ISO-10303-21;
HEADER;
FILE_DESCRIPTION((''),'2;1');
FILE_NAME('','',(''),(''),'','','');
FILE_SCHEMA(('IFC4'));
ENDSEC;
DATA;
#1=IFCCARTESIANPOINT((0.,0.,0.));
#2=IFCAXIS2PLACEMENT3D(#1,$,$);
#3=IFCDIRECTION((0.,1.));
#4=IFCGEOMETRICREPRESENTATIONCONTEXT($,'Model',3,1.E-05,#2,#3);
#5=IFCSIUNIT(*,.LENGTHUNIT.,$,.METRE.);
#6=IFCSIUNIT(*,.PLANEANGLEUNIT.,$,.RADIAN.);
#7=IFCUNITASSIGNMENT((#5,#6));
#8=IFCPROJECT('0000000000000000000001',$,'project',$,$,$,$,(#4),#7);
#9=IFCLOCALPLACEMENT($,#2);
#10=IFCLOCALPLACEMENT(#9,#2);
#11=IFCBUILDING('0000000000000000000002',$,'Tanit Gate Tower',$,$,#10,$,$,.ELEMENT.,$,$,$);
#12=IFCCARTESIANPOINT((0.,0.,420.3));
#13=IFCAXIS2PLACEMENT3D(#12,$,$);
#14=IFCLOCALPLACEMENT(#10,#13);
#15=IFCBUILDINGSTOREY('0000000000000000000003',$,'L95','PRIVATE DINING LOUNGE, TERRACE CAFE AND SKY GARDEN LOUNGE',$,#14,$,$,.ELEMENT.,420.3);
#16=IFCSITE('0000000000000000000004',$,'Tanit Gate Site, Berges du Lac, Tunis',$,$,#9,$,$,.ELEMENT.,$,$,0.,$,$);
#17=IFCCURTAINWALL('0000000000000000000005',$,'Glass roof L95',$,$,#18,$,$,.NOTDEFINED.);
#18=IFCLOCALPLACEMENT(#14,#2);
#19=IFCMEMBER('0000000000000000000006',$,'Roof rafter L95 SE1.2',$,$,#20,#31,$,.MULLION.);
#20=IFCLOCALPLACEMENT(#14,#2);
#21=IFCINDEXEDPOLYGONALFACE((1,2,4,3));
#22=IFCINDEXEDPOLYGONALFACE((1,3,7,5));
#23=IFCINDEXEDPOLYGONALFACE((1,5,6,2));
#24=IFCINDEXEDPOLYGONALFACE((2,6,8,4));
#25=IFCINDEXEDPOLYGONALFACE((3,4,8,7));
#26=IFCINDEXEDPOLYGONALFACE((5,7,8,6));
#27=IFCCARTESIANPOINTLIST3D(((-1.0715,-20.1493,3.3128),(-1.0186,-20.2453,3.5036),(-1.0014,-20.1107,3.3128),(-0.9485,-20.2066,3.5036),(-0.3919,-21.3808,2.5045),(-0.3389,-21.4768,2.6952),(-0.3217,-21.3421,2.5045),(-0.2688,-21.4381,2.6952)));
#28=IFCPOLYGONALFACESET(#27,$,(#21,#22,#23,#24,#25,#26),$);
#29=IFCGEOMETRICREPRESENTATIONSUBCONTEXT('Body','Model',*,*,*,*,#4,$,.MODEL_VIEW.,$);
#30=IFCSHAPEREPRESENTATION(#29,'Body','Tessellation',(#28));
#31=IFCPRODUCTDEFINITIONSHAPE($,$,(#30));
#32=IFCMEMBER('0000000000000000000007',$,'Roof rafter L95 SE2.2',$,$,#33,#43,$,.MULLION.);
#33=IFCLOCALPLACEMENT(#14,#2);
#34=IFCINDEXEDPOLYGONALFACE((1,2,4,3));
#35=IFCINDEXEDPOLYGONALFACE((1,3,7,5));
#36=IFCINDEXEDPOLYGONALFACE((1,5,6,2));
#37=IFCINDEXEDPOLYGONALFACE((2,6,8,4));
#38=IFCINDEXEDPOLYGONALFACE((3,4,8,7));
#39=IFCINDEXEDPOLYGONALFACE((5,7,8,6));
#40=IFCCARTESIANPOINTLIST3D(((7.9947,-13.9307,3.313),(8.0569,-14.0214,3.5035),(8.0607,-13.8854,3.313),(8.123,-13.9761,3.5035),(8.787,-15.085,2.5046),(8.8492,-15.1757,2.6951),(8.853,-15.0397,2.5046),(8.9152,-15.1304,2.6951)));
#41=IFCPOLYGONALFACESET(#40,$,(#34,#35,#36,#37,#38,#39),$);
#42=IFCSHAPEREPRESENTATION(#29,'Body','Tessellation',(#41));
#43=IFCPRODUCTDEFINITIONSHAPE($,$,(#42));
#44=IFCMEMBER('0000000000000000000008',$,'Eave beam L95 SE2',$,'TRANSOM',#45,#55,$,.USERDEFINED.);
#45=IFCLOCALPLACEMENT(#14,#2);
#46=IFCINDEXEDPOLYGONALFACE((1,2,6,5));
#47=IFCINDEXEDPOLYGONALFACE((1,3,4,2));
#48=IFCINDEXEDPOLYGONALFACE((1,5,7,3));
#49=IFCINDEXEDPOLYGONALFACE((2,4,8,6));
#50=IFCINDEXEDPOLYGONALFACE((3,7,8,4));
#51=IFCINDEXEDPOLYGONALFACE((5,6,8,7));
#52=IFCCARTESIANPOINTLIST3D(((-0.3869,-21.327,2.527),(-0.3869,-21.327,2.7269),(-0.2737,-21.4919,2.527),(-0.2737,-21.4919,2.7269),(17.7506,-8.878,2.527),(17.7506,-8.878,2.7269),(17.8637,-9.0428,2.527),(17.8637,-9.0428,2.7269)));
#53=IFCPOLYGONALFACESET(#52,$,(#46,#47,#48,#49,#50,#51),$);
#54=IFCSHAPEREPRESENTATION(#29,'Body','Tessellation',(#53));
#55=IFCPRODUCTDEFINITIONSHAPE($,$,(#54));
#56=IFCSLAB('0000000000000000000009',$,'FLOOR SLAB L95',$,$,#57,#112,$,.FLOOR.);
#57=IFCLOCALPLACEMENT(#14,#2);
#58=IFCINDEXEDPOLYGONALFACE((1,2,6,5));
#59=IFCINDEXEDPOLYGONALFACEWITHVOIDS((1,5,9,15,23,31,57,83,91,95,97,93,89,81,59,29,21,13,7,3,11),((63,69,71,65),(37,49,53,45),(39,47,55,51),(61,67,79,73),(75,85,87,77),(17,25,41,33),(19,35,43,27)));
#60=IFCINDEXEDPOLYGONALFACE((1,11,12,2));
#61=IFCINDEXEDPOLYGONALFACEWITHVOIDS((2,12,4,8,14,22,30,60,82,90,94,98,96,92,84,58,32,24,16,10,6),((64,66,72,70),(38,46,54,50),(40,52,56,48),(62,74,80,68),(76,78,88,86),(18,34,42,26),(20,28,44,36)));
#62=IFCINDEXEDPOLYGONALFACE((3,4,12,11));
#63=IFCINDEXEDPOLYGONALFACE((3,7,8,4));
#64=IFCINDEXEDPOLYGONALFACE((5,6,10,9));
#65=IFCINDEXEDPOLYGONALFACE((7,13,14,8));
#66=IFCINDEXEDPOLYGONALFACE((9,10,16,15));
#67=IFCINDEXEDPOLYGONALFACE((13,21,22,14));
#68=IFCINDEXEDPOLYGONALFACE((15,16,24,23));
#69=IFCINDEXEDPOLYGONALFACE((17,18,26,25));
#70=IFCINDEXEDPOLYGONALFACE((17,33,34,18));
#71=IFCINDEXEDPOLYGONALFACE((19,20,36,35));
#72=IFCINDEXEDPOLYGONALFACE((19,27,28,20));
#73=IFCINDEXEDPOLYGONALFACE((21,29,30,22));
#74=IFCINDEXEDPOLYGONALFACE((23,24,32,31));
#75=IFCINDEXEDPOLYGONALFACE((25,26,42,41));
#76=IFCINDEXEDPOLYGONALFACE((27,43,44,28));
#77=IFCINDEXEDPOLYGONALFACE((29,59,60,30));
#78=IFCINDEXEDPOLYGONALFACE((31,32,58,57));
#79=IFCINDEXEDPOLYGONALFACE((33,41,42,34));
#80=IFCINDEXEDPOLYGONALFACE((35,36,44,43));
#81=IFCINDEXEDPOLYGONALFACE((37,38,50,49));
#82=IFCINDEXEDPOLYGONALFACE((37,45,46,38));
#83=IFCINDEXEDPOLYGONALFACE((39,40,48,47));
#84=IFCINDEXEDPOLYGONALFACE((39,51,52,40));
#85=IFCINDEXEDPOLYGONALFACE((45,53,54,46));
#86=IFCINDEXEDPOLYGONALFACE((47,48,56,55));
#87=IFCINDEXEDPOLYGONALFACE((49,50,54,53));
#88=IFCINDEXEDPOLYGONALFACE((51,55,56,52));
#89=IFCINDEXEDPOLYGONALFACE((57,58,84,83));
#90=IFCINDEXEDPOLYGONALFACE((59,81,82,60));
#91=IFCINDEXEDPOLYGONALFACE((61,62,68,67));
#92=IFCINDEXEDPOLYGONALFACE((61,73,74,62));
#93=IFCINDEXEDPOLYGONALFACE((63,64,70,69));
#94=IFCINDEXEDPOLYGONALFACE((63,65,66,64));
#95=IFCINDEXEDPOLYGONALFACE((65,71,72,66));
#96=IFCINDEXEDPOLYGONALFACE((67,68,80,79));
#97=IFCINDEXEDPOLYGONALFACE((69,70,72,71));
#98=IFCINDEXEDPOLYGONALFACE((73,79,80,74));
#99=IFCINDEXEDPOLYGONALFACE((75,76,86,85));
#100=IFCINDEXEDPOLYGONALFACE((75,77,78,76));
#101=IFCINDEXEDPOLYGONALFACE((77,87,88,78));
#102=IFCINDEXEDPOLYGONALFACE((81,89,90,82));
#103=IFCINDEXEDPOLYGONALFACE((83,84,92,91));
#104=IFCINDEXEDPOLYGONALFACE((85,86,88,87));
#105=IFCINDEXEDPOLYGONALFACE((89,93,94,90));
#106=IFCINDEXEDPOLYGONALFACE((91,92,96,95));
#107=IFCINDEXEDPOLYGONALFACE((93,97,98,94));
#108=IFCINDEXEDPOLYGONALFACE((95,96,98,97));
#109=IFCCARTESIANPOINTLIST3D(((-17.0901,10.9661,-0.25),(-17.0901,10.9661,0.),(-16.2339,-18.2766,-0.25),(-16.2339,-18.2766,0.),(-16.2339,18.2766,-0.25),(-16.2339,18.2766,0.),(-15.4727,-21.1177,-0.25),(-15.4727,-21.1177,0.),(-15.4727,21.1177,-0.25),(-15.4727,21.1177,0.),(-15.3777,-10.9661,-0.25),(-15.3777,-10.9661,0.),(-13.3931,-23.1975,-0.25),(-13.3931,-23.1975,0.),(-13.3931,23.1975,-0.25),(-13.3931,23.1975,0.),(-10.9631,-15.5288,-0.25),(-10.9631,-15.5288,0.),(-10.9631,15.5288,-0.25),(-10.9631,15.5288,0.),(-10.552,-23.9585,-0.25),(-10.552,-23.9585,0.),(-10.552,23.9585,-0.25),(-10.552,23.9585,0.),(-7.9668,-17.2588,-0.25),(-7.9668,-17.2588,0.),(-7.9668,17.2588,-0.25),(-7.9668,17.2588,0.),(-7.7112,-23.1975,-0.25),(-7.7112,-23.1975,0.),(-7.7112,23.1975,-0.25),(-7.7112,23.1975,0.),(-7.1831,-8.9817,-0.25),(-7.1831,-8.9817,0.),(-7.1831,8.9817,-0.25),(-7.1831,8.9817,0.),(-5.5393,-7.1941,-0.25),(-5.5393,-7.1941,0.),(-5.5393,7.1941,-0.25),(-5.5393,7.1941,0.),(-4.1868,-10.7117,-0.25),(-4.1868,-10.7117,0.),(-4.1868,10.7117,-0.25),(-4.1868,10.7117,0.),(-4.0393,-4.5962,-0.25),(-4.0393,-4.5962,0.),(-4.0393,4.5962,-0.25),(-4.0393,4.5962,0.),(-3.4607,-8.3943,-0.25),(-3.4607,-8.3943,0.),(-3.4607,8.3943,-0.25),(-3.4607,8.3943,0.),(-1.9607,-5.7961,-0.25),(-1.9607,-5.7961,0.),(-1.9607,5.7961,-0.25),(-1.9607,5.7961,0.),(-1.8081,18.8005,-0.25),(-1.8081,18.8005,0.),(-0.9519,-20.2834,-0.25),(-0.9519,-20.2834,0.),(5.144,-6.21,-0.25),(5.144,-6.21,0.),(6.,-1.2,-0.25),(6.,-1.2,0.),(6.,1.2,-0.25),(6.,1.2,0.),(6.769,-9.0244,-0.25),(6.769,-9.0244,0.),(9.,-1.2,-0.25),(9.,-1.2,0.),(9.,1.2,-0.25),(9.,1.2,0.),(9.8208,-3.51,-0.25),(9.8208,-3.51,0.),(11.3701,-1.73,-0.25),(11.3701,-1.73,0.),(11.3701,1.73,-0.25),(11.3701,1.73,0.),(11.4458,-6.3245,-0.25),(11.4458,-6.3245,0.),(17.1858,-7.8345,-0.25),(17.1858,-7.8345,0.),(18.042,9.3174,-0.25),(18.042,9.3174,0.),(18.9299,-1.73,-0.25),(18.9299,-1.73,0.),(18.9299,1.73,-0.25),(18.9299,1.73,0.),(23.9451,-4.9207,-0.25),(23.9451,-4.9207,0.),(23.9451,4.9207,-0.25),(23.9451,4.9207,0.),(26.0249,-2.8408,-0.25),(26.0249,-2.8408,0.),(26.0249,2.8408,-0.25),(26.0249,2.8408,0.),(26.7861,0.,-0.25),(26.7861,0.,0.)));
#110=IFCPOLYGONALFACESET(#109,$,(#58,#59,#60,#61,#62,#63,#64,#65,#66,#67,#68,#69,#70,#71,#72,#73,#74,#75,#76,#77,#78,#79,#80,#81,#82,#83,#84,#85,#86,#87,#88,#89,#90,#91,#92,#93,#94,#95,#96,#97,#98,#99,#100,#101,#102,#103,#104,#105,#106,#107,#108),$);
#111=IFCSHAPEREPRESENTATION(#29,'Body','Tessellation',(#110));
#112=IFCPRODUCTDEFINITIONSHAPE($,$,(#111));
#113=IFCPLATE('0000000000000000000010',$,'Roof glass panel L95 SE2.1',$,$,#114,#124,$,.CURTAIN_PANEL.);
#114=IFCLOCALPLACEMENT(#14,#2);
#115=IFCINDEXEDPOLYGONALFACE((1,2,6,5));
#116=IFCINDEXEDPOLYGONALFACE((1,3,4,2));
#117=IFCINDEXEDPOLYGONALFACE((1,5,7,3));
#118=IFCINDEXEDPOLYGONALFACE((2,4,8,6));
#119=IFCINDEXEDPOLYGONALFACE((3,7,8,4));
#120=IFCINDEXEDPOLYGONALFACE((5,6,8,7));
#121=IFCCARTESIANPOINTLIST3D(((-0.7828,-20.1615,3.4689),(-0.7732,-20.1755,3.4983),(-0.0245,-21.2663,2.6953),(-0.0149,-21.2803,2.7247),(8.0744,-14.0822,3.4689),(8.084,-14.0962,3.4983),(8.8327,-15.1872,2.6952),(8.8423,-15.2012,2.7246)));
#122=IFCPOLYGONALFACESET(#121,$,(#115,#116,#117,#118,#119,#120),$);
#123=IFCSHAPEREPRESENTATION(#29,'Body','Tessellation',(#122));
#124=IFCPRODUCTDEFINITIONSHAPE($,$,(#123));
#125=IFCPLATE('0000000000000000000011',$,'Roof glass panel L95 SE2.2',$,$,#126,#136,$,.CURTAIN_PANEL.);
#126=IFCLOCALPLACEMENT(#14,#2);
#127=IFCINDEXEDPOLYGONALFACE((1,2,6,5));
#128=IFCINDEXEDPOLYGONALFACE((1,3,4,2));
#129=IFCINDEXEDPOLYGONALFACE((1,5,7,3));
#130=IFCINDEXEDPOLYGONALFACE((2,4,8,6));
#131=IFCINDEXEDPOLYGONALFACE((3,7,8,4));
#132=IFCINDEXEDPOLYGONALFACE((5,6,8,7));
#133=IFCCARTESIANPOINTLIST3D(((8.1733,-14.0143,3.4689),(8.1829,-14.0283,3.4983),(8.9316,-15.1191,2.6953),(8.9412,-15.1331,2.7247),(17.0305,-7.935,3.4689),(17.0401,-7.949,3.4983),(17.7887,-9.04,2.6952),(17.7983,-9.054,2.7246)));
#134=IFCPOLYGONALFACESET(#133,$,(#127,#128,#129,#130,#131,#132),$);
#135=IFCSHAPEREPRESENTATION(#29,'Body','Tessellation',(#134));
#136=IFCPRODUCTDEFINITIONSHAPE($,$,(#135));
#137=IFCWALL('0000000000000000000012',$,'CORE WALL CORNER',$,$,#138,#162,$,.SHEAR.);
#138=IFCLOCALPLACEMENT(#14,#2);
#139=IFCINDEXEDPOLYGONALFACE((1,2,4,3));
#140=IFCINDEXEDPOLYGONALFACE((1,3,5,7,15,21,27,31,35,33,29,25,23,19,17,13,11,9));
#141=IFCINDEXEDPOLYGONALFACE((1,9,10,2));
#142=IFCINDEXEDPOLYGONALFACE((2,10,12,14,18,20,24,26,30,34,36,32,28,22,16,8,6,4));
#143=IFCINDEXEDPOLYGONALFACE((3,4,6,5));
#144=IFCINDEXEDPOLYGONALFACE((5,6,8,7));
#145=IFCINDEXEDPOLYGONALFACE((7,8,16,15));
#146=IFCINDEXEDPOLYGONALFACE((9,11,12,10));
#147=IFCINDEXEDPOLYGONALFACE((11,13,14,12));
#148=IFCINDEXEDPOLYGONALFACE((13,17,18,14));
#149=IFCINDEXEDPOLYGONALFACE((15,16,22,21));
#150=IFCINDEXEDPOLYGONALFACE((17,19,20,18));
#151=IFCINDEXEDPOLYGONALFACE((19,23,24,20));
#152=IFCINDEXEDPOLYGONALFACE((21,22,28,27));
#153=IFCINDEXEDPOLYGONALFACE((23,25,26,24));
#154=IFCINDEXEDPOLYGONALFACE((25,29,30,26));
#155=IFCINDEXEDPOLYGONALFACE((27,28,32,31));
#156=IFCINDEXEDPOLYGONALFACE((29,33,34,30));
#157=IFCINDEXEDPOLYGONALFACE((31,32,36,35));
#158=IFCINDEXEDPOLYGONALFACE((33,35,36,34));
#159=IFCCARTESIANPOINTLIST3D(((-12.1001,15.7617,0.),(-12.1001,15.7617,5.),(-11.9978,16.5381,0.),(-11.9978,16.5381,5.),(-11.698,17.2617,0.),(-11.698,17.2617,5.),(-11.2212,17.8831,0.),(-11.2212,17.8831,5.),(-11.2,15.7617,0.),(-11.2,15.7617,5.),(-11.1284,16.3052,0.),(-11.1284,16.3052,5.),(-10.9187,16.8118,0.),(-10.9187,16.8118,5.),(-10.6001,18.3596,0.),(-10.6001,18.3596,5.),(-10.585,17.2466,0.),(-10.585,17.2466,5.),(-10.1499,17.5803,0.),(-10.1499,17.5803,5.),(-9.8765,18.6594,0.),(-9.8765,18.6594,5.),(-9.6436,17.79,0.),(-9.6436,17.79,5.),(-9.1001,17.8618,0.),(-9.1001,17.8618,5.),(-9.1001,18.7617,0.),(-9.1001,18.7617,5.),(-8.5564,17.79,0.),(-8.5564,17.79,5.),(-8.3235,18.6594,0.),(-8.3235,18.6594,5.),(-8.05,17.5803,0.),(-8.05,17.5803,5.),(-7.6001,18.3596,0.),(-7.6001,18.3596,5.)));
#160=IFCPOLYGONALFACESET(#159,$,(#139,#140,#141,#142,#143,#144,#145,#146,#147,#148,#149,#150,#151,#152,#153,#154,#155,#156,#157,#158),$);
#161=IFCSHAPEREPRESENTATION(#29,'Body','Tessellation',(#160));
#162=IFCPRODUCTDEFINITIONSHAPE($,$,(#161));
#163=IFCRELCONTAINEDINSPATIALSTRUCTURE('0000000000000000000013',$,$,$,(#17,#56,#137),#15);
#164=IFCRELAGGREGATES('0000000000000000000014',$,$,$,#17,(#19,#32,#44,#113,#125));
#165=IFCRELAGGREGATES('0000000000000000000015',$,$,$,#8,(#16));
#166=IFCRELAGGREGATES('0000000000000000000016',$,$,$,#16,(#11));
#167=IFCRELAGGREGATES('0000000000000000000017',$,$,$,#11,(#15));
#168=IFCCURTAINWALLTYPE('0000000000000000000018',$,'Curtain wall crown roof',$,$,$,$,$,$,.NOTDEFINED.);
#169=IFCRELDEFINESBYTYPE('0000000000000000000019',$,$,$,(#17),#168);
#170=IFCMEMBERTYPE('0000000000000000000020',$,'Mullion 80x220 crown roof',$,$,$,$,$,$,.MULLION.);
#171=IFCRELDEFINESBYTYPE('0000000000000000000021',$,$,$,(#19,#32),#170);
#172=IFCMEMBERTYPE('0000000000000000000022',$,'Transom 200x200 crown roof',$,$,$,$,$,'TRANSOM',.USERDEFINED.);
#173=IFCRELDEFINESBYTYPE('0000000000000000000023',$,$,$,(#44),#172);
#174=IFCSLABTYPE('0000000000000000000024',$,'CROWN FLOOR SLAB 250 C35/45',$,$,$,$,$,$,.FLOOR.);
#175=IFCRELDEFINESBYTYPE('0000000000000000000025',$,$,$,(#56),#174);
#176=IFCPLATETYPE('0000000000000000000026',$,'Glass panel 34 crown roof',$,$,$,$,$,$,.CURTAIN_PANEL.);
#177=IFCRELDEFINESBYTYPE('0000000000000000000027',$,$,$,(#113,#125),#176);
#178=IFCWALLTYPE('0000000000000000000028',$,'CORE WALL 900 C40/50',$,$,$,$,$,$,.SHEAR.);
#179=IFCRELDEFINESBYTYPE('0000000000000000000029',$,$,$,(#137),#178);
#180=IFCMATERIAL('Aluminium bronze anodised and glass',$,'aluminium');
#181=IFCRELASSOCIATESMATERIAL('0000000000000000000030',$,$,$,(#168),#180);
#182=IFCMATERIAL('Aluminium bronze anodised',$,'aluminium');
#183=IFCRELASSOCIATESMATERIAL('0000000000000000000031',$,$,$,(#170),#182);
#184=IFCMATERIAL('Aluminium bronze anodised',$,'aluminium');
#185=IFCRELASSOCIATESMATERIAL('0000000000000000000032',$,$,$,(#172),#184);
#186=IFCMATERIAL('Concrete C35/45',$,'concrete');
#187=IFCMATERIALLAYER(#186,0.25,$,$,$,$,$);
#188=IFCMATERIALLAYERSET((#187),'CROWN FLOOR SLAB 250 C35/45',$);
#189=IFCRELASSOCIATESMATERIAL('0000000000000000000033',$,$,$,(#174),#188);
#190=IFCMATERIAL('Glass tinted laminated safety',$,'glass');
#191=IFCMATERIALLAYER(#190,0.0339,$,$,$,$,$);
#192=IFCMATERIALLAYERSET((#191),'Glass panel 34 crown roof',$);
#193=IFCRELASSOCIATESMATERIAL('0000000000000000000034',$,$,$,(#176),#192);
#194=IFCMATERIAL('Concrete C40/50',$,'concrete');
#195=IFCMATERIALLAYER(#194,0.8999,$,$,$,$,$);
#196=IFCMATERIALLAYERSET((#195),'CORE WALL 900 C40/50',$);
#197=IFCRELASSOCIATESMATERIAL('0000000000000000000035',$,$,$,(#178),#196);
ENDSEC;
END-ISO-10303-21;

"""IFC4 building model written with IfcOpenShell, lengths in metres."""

from ifc_helpers import new_model, si_unit, direction, frame, origin, origin_2d, place, context, subcontext, project, spatial, polyline, rectangle, outline, extrude, material, layer, layer_set, material_profile, profile_set, type_object, element, aggregate, save


model = new_model("IFC4")

# Units and contexts
model_context = context("Model", 3, precision=1e-05, world=origin(), true_north=direction((0.0, 1.0)))
body_context = subcontext(model_context, "Body", "Model", "MODEL_VIEW")
ifc_project = project(units=[si_unit("LENGTHUNIT", "METRE"), si_unit("PLANEANGLEUNIT", "RADIAN")], contexts=[model_context])

# Site, building, storey
site_placement = place(None, origin())
site = spatial("IfcSite", under=ifc_project, at=site_placement, Name="Tanit Gate Site, Berges du Lac, Tunis", CompositionType="ELEMENT", RefElevation=0.0)
building_placement = place(site_placement, origin())
building = spatial("IfcBuilding", under=site, at=building_placement, Name="Tanit Gate Tower", CompositionType="ELEMENT")
storey_placement = place(building_placement, frame((0.0, 0.0, 420.3)))
storey = spatial("IfcBuildingStorey", under=building, at=storey_placement, Name="L95", Description="PRIVATE DINING LOUNGE, TERRACE CAFE AND SKY GARDEN LOUNGE", CompositionType="ELEMENT", Elevation=420.3)

# Curtain wall, members
ifc_material_1 = material(Name="Aluminium bronze anodised and glass", Category="aluminium")
curtain_wall_type = type_object("IfcCurtainWallType", Name="Curtain wall crown roof", PredefinedType="NOTDEFINED", material=ifc_material_1)
curtain_wall_placement = place(storey_placement, origin())
curtain_wall = element("IfcCurtainWall", 1, at=curtain_wall_placement, inside=storey, type_object=curtain_wall_type, Name="Glass roof L95", PredefinedType="NOTDEFINED")
ifc_material_2 = material(Name="Aluminium bronze anodised", Category="aluminium")
ifc_material_profile_1 = material_profile(ifc_material_2, rectangle(XDim=0.0801, YDim=0.22, at=origin_2d()), Name="80x220 bronze rafter")
ifc_profile_set_1 = profile_set([ifc_material_profile_1], Name="Aluminium bronze anodised")
member_type_1 = type_object("IfcMemberType", Name="Mullion 80x220 crown roof", PredefinedType="MULLION", material=ifc_profile_set_1)
member_1_placement = place(storey_placement, frame((-1.01, -20.178, 3.4082), z_axis=(0.418965, -0.759073, -0.498273), x_axis=(0.875497, 0.483224, 0.0)))
member_1 = element("IfcMember", 2, at=member_1_placement, type_object=member_type_1, Name="Roof rafter L95 SE1.2", PredefinedType="MULLION", context=body_context, shape_type="SweptSolid", body=[
    extrude(rectangle(XDim=0.0801, YDim=0.22, at=origin_2d()), origin(), (0.0, 0.0, 1.0), 1.6223),
])
member_2_placement = place(storey_placement, frame((8.0588, -13.9534, 3.4082), z_axis=(0.490056, -0.714018, -0.500024), x_axis=(0.824489, 0.565877, 0.0)))
member_2 = element("IfcMember", 3, at=member_2_placement, type_object=member_type_1, Name="Roof rafter L95 SE2.2", PredefinedType="MULLION", context=body_context, shape_type="SweptSolid", body=[
    extrude(rectangle(XDim=0.0801, YDim=0.22, at=origin_2d()), origin(), (0.0, 0.0, 1.0), 1.6167),
])
ifc_material_3 = material(Name="Aluminium bronze anodised", Category="aluminium")
ifc_material_profile_2 = material_profile(ifc_material_3, rectangle(XDim=0.2, YDim=0.2, at=origin_2d()), Name="200x200 bronze transom")
ifc_profile_set_2 = profile_set([ifc_material_profile_2], Name="Aluminium bronze anodised")
member_type_2 = type_object("IfcMemberType", Name="Transom 200x200 crown roof", ElementType="TRANSOM", PredefinedType="USERDEFINED", material=ifc_profile_set_2)
member_3_placement = place(storey_placement, frame((-0.3303, -21.4094, 2.627), z_axis=(0.824477, 0.565895, 0.0), x_axis=(-0.565895, 0.824477, 0.0)))
member_3 = element("IfcMember", 4, at=member_3_placement, type_object=member_type_2, Name="Eave beam L95 SE2", ObjectType="TRANSOM", PredefinedType="USERDEFINED", context=body_context, shape_type="SweptSolid", body=[
    extrude(rectangle(XDim=0.2, YDim=0.2, at=origin_2d()), origin(), (0.0, 0.0, 1.0), 21.9988),
])

# Slab
ifc_material_4 = material(Name="Concrete C35/45", Category="concrete")
ifc_layer_1 = layer(ifc_material_4, 0.25)
ifc_layer_set_1 = layer_set([ifc_layer_1], Name="CROWN FLOOR SLAB 250 C35/45")
slab_type = type_object("IfcSlabType", Name="CROWN FLOOR SLAB 250 C35/45", PredefinedType="FLOOR", material=ifc_layer_set_1)
slab_placement = place(storey_placement, frame((0.0, 0.0, -0.25)))
element("IfcSlab", 5, at=slab_placement, inside=storey, type_object=slab_type, Name="FLOOR SLAB L95", PredefinedType="FLOOR", context=body_context, shape_type="SweptSolid", body=[
    extrude(outline(polyline([(23.9451, 4.9207), (26.0249, 2.8408), (26.7861, 0.0), (26.0249, -2.8408), (23.9451, -4.9207), (17.1858, -7.8345), (-0.9519, -20.2834), (-7.7112, -23.1975), (-10.552, -23.9585), (-13.3931, -23.1975), (-15.4727, -21.1177), (-16.2339, -18.2766), (-15.3777, -10.9661), (-17.0901, 10.9661), (-16.2339, 18.2766), (-15.4727, 21.1177), (-13.3931, 23.1975), (-10.552, 23.9585), (-7.7112, 23.1975), (-1.8081, 18.8005), (18.042, 9.3174), (23.9451, 4.9207)]), holes=[polyline([(11.3701, -1.73), (11.3701, 1.73), (18.9299, 1.73), (18.9299, -1.73), (11.3701, -1.73)]), polyline([(9.8208, -3.51), (11.4458, -6.3245), (6.769, -9.0244), (5.144, -6.21), (9.8208, -3.51)]), polyline([(6.0, -1.2), (6.0, 1.2), (9.0, 1.2), (9.0, -1.2), (6.0, -1.2)]), polyline([(-1.9607, 5.7961), (-4.0393, 4.5962), (-5.5393, 7.1941), (-3.4607, 8.3943), (-1.9607, 5.7961)]), polyline([(-4.0393, -4.5962), (-1.9607, -5.7961), (-3.4607, -8.3943), (-5.5393, -7.1941), (-4.0393, -4.5962)]), polyline([(-4.1868, 10.7117), (-7.1831, 8.9817), (-10.9631, 15.5288), (-7.9668, 17.2588), (-4.1868, 10.7117)]), polyline([(-7.1831, -8.9817), (-4.1868, -10.7117), (-7.9668, -17.2588), (-10.9631, -15.5288), (-7.1831, -8.9817)])]), origin(), (0.0, 0.0, 1.0), 0.25),
])

# Plates
ifc_material_5 = material(Name="Glass tinted laminated safety", Category="glass")
ifc_layer_2 = layer(ifc_material_5, 0.0339)
ifc_layer_set_2 = layer_set([ifc_layer_2], Name="Glass panel 34 crown roof")
plate_type = type_object("IfcPlateType", Name="Glass panel 34 crown roof", PredefinedType="CURTAIN_PANEL", material=ifc_layer_set_2)
plate_1_placement = place(storey_placement, frame((-0.7732, -20.1755, 3.4983), z_axis=(0.282947, -0.412242, 0.866024), x_axis=(0.824476, 0.565897, 0.000004)))
plate_1 = element("IfcPlate", 6, at=plate_1_placement, type_object=plate_type, Name="Roof glass panel L95 SE2.1", PredefinedType="CURTAIN_PANEL", context=body_context, shape_type="SweptSolid", body=[
    extrude(outline(polyline([(0.0, 0.0), (10.7428, 0.0), (10.7427, -1.5474), (0.0, -1.5473), (0.0, 0.0)])), origin(), (0.0, 0.0, -1.0), 0.0339),
])
plate_2_placement = place(storey_placement, frame((8.1829, -14.0283, 3.4983), z_axis=(0.282947, -0.412242, 0.866024), x_axis=(0.824476, 0.565897, 0.000004)))
plate_2 = element("IfcPlate", 7, at=plate_2_placement, type_object=plate_type, Name="Roof glass panel L95 SE2.2", PredefinedType="CURTAIN_PANEL", context=body_context, shape_type="SweptSolid", body=[
    extrude(outline(polyline([(0.0, 0.0), (10.7428, 0.0), (10.7427, -1.5474), (0.0, -1.5473), (0.0, 0.0)])), origin(), (0.0, 0.0, -1.0), 0.0339),
])
aggregate(curtain_wall, [member_1, member_2, member_3, plate_1, plate_2])

# Wall
ifc_material_6 = material(Name="Concrete C40/50", Category="concrete")
ifc_layer_3 = layer(ifc_material_6, 0.8999)
ifc_layer_set_3 = layer_set([ifc_layer_3], Name="CORE WALL 900 C40/50")
wall_type_1 = type_object("IfcWallType", Name="CORE WALL 900 C40/50", PredefinedType="SHEAR", material=ifc_layer_set_3)
wall_1_placement = place(storey_placement, origin())
element("IfcWall", 8, at=wall_1_placement, inside=storey, type_object=wall_type_1, Name="CORE WALL CORNER", PredefinedType="SHEAR", context=body_context, shape_type="SweptSolid", body=[
    extrude(outline(polyline([(-7.6001, 18.3596), (-8.3235, 18.6594), (-9.1001, 18.7617), (-9.8765, 18.6594), (-10.6001, 18.3596), (-11.2212, 17.8831), (-11.698, 17.2617), (-11.9978, 16.5381), (-12.1001, 15.7617), (-11.2, 15.7617), (-11.1284, 16.3052), (-10.9187, 16.8118), (-10.585, 17.2466), (-10.1499, 17.5803), (-9.6436, 17.79), (-9.1001, 17.8618), (-8.5564, 17.79), (-8.05, 17.5803), (-7.6001, 18.3596)])), origin(), (0.0, 0.0, 1.0), 5.0),
])

save(model, "model.ifc")
